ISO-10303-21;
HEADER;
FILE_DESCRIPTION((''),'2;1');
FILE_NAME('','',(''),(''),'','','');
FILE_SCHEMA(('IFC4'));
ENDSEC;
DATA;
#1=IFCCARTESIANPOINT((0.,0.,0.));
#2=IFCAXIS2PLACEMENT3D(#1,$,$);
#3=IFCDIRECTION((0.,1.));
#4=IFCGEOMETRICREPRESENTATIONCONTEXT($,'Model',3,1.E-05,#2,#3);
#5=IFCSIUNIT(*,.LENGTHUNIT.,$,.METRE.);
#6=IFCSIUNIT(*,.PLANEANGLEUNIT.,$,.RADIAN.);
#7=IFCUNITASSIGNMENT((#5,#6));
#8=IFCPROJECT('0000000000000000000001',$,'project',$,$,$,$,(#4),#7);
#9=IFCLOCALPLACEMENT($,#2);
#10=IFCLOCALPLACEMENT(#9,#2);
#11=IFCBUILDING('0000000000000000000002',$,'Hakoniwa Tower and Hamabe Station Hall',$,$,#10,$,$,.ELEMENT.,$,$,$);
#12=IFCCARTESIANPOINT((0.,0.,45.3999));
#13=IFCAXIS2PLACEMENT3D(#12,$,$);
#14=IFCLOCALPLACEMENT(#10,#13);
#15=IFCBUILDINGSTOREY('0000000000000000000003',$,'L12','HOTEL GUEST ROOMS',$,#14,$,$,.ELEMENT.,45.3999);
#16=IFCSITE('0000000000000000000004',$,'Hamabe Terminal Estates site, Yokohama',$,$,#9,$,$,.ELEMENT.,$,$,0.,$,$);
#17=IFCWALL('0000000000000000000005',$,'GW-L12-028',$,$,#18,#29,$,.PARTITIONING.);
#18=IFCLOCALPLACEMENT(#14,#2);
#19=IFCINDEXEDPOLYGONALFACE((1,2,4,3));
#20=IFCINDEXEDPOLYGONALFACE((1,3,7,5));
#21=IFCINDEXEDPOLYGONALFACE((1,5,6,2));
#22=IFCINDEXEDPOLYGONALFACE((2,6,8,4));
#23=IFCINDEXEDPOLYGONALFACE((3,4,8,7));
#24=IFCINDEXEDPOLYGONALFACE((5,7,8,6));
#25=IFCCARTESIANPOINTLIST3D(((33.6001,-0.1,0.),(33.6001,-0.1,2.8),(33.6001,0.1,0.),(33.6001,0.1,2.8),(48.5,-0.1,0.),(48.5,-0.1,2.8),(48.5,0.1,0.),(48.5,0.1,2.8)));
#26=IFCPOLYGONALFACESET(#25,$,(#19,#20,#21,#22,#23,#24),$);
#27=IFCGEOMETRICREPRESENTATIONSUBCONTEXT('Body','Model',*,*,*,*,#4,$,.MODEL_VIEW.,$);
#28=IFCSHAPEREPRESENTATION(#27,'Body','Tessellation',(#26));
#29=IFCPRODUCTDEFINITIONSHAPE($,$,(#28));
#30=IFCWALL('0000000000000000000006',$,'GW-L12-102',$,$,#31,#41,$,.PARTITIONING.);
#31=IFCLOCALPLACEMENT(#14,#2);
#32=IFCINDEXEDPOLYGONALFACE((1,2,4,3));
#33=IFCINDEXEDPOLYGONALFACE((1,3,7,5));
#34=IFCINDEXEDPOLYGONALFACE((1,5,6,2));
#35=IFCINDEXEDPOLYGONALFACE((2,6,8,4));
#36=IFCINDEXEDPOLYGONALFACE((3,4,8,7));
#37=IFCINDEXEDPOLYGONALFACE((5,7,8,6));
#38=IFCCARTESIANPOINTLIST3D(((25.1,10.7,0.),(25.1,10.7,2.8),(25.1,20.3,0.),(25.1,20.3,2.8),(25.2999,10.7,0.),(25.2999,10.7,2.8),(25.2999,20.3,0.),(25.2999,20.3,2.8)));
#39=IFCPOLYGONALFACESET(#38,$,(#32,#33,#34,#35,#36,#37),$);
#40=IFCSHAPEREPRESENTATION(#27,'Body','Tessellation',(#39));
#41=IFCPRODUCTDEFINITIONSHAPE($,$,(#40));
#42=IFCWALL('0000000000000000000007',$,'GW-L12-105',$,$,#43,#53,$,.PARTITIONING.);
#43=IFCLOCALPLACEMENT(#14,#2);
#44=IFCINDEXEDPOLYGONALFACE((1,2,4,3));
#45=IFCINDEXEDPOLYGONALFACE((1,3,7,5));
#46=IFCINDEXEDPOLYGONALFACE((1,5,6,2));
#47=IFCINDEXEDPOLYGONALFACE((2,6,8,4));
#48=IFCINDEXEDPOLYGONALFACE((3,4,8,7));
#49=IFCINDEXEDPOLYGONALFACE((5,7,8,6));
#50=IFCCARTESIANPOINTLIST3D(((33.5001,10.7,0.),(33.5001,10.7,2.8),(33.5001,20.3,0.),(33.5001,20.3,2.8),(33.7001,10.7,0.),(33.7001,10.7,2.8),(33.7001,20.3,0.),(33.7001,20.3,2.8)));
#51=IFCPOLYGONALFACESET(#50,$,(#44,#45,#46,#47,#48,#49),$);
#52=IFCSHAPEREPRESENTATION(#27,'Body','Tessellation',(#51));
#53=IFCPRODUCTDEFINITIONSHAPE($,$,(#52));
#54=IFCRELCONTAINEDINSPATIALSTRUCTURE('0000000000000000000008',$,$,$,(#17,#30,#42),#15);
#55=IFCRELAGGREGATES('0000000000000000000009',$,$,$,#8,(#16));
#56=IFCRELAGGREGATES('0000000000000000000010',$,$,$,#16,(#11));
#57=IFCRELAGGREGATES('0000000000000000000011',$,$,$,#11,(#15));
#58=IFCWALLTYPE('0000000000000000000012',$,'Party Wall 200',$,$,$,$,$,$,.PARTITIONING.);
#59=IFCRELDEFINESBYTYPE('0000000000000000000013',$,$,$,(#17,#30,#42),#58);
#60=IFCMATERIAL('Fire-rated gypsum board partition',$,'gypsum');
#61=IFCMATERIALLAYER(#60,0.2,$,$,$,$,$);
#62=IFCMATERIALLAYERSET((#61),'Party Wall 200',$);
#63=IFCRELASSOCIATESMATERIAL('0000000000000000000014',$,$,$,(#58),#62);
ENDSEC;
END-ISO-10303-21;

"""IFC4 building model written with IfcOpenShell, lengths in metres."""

from ifc_helpers import new_model, si_unit, direction, frame, frame_2d, origin, place, context, subcontext, project, spatial, rectangle, extrude, material, layer, layer_set, type_object, element, save


model = new_model("IFC4")

# Units and contexts
model_context = context("Model", 3, precision=1e-05, world=origin(), true_north=direction((0.0, 1.0)))
body_context = subcontext(model_context, "Body", "Model", "MODEL_VIEW")
ifc_project = project(units=[si_unit("LENGTHUNIT", "METRE"), si_unit("PLANEANGLEUNIT", "RADIAN")], contexts=[model_context])

# Site, building, storey
site_placement = place(None, origin())
site = spatial("IfcSite", under=ifc_project, at=site_placement, Name="Hamabe Terminal Estates site, Yokohama", CompositionType="ELEMENT", RefElevation=0.0)
building_placement = place(site_placement, origin())
building = spatial("IfcBuilding", under=site, at=building_placement, Name="Hakoniwa Tower and Hamabe Station Hall", CompositionType="ELEMENT")
storey_placement = place(building_placement, frame((0.0, 0.0, 45.3999)))
storey = spatial("IfcBuildingStorey", under=building, at=storey_placement, Name="L12", Description="HOTEL GUEST ROOMS", CompositionType="ELEMENT", Elevation=45.3999)

# Walls
ifc_material_1 = material(Name="Fire-rated gypsum board partition", Category="gypsum")
ifc_layer_1 = layer(ifc_material_1, 0.2)
ifc_layer_set_1 = layer_set([ifc_layer_1], Name="Party Wall 200")
wall_type_1 = type_object("IfcWallType", Name="Party Wall 200", PredefinedType="PARTITIONING", material=ifc_layer_set_1)
wall_1_placement = place(storey_placement, frame((33.6001, 0.0, 0.0), z_axis=(0.0, 0.0, 1.0), x_axis=(1.0, 0.0, 0.0)))
element("IfcWall", 1, at=wall_1_placement, inside=storey, type_object=wall_type_1, Name="GW-L12-028", PredefinedType="PARTITIONING", context=body_context, shape_type="SweptSolid", body=[
    extrude(rectangle(XDim=14.8999, YDim=0.2, at=frame_2d((7.45, 0.0))), origin(), (0.0, 0.0, 1.0), 2.8),
])
for number, where, z_axis, x_axis, name in (
    (2, (25.2, 10.7, 0.0), (0.0, 0.0, 1.0), (0.0, 1.0, 0.0), "GW-L12-102"),
    (3, (33.6001, 10.7, 0.0), (0.0, 0.0, 1.0), (0.0, 1.0, 0.0), "GW-L12-105"),
):
    element("IfcWall", number, at=place(storey_placement, frame(where, z_axis=z_axis, x_axis=x_axis)), inside=storey, type_object=wall_type_1, Name=name, PredefinedType="PARTITIONING", context=body_context, shape_type="SweptSolid", body=[
        extrude(rectangle(XDim=9.6001, YDim=0.2, at=frame_2d((4.8, 0.0))), origin(), (0.0, 0.0, 1.0), 2.8),
    ])

save(model, "model.ifc")
